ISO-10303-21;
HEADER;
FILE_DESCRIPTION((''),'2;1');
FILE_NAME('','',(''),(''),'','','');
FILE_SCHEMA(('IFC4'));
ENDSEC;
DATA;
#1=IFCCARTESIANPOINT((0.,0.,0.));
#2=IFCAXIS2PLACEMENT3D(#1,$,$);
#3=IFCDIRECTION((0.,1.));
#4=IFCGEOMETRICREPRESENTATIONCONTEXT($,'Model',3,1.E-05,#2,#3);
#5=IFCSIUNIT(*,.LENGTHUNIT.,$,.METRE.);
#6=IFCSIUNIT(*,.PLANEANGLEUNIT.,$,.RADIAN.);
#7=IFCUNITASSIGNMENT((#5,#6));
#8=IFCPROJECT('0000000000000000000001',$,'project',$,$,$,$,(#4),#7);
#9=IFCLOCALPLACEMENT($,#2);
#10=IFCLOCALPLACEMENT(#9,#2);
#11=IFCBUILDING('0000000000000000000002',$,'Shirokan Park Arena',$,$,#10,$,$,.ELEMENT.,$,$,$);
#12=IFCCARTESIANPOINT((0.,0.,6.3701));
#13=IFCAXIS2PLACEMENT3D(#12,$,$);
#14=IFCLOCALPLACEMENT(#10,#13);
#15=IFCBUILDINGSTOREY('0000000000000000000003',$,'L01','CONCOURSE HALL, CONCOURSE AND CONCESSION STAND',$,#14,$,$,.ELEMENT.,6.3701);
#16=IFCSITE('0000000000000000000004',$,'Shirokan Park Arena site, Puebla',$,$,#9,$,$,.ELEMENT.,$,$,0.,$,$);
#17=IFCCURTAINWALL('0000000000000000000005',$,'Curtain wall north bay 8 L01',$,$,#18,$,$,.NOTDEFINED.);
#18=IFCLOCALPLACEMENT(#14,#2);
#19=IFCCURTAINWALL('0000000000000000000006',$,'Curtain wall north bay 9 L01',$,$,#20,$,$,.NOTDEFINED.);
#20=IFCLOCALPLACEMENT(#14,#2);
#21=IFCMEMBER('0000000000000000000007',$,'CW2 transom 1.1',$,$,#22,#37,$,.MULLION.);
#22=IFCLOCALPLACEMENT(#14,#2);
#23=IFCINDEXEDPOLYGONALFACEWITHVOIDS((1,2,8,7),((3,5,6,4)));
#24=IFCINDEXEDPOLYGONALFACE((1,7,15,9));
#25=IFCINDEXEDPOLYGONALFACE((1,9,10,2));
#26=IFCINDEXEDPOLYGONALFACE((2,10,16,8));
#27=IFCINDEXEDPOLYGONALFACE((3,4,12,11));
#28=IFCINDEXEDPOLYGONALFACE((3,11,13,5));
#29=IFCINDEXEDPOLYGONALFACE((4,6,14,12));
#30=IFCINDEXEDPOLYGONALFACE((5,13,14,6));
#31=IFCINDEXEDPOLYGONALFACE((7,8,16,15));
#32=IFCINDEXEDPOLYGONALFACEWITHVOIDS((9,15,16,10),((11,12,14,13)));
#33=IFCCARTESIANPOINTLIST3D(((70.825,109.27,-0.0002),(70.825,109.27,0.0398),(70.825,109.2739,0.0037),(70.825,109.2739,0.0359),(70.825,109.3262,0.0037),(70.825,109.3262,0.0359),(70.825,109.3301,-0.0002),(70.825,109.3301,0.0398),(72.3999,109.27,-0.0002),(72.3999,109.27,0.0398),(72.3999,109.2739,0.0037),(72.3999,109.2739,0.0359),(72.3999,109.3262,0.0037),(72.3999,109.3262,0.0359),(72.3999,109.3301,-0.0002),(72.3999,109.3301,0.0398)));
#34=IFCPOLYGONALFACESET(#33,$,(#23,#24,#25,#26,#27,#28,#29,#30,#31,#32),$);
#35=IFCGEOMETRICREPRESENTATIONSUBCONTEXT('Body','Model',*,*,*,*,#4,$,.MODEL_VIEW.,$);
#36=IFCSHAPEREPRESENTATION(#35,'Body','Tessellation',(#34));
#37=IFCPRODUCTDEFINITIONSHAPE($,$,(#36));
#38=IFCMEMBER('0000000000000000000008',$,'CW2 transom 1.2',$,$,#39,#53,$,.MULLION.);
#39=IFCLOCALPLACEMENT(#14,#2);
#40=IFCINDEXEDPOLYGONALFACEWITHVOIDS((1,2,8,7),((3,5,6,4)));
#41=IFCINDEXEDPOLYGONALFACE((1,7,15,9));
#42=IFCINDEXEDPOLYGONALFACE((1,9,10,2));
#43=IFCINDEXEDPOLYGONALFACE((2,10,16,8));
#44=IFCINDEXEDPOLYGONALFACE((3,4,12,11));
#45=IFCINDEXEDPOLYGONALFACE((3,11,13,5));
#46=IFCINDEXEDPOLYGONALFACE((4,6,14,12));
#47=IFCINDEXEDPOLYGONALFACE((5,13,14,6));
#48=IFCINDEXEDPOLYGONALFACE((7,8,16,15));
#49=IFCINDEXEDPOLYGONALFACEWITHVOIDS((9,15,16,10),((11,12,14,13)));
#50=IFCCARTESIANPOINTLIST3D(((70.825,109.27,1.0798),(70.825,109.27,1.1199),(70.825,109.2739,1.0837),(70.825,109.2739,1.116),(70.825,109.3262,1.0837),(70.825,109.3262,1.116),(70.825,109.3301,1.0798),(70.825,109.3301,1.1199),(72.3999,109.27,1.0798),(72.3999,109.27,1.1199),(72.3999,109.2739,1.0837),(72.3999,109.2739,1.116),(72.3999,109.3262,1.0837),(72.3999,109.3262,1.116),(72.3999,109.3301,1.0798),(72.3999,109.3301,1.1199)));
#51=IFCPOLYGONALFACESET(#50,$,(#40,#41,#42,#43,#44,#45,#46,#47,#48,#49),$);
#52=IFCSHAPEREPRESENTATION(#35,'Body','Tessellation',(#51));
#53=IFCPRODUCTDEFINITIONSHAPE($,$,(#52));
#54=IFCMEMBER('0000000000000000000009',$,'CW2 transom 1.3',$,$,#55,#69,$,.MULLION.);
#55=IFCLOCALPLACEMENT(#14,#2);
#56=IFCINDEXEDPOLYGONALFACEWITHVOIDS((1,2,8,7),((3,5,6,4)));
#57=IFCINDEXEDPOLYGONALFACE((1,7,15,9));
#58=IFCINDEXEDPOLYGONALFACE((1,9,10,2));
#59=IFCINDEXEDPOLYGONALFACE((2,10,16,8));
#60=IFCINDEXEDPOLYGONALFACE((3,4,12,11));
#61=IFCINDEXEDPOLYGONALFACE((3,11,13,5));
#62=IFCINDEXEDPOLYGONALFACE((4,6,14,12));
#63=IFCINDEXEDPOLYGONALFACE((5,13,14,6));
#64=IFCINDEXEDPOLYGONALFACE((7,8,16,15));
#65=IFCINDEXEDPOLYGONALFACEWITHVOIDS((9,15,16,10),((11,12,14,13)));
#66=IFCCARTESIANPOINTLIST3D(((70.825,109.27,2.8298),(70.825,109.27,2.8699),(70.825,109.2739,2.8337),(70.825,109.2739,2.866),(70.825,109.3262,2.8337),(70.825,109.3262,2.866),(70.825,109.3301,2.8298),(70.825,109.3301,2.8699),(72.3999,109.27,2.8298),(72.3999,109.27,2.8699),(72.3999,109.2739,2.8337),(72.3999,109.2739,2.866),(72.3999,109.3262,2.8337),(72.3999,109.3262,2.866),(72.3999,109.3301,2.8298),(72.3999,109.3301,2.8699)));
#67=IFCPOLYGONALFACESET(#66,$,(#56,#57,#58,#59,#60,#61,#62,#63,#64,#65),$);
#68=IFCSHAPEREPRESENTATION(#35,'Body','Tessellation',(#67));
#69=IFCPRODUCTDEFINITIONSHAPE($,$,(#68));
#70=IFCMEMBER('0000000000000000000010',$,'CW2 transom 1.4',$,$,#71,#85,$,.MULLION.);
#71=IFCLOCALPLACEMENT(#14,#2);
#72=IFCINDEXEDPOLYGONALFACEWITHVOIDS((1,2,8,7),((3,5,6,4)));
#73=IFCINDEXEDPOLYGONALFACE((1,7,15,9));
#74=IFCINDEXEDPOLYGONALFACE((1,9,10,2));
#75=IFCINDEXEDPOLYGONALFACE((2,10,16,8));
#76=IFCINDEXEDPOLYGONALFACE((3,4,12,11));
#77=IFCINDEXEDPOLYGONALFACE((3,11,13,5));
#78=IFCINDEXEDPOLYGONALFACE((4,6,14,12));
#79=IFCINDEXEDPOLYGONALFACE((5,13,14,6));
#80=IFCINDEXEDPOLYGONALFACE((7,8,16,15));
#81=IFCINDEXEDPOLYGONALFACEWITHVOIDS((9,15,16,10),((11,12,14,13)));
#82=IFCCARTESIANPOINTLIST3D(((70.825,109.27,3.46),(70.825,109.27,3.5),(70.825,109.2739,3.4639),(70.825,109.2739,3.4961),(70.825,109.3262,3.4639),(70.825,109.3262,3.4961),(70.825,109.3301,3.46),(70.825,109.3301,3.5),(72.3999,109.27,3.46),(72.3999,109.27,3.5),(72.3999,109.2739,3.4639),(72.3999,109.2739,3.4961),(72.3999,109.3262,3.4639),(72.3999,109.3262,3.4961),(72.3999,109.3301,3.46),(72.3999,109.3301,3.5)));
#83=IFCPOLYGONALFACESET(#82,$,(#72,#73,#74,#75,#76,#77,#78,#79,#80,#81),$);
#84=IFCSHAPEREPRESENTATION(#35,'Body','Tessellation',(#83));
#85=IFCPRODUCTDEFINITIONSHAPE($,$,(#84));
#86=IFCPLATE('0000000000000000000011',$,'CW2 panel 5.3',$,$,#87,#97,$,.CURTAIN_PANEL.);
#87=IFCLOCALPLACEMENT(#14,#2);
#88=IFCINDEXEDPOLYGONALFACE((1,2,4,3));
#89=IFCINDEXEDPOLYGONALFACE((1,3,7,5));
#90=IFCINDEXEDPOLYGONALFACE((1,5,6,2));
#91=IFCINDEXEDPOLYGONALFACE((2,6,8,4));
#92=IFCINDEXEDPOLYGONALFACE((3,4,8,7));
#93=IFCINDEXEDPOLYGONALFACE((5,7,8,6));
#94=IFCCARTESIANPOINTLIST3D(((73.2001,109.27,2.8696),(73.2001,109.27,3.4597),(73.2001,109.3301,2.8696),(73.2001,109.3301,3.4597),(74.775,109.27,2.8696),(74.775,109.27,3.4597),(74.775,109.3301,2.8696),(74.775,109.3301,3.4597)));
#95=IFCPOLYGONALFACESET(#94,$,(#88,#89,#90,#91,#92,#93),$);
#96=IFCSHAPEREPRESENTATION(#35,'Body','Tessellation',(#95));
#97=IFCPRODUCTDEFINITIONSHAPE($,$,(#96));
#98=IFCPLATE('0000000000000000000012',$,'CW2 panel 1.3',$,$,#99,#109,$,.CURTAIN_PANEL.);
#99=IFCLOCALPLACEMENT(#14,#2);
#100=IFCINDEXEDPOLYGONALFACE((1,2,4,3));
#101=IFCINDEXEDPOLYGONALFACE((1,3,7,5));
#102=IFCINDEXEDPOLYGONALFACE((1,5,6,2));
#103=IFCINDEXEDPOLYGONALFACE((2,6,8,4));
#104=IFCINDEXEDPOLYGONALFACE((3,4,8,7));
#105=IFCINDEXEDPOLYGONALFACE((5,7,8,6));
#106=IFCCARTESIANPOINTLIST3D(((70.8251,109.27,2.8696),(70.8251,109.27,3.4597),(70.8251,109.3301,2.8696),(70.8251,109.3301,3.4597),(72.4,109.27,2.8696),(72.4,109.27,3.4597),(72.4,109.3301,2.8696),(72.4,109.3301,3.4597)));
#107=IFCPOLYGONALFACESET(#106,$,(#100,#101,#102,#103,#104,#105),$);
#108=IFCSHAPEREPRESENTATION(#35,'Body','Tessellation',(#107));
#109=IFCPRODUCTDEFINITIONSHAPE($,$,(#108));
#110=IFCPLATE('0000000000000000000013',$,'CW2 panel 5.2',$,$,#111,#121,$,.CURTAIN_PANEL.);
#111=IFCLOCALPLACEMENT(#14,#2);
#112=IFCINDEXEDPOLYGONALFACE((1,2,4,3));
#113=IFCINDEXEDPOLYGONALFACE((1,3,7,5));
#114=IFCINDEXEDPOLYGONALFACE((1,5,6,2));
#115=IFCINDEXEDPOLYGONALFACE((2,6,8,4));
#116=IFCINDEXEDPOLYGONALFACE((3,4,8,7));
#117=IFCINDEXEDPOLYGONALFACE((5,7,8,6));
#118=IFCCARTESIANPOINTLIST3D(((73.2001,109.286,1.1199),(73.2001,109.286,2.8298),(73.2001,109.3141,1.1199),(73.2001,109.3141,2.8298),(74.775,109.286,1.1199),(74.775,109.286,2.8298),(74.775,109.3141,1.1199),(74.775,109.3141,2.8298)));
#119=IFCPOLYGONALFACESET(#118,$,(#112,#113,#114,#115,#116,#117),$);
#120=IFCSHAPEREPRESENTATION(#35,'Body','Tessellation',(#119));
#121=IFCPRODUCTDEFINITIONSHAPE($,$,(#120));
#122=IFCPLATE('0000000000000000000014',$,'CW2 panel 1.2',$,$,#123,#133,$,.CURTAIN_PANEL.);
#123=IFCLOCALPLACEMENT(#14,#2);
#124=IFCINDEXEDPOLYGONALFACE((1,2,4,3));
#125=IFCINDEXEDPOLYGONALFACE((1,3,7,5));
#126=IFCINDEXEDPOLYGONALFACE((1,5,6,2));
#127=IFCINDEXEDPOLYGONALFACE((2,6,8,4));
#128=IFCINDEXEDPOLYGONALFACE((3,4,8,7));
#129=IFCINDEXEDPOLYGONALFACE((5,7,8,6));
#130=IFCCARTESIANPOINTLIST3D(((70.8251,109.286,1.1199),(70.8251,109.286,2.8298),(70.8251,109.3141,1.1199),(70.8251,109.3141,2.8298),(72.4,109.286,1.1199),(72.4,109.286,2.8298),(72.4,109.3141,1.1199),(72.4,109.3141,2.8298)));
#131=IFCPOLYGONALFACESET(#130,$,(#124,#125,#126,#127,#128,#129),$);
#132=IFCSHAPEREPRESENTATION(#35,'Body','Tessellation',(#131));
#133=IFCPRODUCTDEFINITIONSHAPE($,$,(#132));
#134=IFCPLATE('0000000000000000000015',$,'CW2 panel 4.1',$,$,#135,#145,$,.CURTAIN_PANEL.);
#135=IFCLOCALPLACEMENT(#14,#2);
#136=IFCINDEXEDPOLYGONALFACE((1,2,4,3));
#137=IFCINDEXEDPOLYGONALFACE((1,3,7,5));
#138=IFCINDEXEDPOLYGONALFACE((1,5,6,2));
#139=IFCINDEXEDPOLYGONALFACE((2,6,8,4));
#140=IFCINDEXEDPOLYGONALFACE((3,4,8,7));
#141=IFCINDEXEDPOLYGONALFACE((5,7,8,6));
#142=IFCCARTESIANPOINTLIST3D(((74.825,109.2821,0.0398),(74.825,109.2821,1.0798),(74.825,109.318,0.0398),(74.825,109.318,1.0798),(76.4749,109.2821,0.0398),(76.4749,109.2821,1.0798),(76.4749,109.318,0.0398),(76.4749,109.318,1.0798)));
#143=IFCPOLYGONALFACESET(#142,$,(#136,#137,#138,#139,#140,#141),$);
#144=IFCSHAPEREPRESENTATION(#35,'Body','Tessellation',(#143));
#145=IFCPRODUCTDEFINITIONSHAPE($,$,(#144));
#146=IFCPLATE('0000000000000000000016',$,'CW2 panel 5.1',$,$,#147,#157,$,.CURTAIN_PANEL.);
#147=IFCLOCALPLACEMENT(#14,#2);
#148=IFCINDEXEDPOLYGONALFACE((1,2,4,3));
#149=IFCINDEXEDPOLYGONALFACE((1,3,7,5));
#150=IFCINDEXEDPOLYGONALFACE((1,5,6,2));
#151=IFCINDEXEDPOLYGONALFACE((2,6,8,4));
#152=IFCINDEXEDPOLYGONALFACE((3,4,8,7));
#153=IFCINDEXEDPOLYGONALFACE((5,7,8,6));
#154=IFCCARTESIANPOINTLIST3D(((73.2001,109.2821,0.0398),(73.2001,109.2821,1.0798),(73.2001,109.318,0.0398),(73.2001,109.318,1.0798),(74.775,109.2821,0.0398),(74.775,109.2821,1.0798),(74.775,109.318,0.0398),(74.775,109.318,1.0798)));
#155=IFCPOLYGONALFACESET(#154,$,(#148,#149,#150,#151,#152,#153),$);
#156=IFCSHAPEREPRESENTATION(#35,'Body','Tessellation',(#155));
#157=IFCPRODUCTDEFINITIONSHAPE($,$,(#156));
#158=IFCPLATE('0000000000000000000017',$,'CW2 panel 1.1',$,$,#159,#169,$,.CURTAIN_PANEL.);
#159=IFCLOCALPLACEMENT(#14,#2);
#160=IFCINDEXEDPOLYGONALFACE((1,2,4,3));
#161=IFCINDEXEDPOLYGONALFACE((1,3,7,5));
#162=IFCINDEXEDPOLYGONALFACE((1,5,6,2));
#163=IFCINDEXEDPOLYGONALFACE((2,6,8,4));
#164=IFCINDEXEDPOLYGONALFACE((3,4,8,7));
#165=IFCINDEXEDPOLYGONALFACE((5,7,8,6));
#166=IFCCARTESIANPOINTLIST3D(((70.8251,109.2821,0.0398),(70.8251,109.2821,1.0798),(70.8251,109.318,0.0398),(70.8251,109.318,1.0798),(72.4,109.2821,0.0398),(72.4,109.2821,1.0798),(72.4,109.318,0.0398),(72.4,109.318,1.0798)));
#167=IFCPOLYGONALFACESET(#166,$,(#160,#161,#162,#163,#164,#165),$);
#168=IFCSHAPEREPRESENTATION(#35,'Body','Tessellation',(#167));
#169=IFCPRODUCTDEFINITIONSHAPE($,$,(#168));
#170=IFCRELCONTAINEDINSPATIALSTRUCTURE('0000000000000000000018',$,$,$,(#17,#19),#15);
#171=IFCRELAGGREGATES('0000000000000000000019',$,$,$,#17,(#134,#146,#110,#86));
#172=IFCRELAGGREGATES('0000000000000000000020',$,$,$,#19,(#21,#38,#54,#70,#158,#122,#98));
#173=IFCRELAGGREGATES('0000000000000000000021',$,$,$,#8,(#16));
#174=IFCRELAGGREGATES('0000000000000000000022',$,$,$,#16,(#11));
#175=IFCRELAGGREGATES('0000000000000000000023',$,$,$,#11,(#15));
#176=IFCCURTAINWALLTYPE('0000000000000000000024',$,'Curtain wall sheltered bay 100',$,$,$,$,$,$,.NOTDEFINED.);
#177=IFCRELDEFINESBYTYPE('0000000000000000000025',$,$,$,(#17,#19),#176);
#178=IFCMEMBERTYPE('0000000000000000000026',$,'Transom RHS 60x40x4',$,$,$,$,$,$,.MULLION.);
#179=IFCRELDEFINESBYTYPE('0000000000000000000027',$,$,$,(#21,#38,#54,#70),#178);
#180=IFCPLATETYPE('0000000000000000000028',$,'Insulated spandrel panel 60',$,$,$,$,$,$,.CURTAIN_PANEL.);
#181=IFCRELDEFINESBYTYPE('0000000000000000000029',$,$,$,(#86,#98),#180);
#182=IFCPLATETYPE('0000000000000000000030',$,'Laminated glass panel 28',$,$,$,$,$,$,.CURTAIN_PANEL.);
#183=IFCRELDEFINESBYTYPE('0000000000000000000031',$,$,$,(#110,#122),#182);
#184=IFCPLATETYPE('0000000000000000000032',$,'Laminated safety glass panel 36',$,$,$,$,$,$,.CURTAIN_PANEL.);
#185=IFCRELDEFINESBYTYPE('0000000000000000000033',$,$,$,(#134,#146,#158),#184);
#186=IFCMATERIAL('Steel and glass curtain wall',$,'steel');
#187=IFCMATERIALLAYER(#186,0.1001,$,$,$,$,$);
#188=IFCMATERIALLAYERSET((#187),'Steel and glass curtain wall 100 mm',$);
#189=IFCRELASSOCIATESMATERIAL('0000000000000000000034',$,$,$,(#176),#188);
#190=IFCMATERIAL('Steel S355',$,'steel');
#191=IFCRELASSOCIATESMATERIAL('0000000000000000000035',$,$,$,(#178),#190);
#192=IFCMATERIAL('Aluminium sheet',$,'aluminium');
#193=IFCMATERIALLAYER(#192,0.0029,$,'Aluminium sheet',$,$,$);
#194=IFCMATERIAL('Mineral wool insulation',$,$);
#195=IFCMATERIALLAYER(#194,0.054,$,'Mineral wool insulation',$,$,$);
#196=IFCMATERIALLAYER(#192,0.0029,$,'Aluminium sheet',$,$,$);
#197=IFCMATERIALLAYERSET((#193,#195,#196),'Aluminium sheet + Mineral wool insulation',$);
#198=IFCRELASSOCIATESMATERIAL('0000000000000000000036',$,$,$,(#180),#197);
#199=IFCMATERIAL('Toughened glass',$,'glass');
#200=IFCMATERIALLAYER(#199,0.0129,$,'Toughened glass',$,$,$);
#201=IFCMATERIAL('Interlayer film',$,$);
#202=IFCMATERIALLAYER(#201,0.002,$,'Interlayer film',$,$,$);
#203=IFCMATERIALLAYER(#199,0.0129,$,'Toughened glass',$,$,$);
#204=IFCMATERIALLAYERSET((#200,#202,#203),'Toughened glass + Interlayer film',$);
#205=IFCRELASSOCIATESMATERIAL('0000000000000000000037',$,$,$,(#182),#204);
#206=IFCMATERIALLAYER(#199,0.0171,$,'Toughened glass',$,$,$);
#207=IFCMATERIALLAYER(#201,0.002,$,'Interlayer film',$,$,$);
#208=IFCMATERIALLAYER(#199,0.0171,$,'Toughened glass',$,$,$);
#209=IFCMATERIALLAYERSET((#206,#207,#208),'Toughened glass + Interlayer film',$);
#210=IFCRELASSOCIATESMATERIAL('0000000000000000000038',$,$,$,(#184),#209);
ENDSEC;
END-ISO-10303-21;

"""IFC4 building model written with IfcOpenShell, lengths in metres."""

from ifc_helpers import new_model, si_unit, direction, frame, origin, origin_2d, place, context, subcontext, project, spatial, rectangle, hollow_rectangle, extrude, material, layer, layer_set, material_profile, profile_set, type_object, element, aggregate, save


model = new_model("IFC4")

# Units and contexts
model_context = context("Model", 3, precision=1e-05, world=origin(), true_north=direction((0.0, 1.0)))
body_context = subcontext(model_context, "Body", "Model", "MODEL_VIEW")
ifc_project = project(units=[si_unit("LENGTHUNIT", "METRE"), si_unit("PLANEANGLEUNIT", "RADIAN")], contexts=[model_context])

# Site, building, storey
site_placement = place(None, origin())
site = spatial("IfcSite", under=ifc_project, at=site_placement, Name="Shirokan Park Arena site, Puebla", CompositionType="ELEMENT", RefElevation=0.0)
building_placement = place(site_placement, origin())
building = spatial("IfcBuilding", under=site, at=building_placement, Name="Shirokan Park Arena", CompositionType="ELEMENT")
storey_placement = place(building_placement, frame((0.0, 0.0, 6.3701)))
storey = spatial("IfcBuildingStorey", under=building, at=storey_placement, Name="L01", Description="CONCOURSE HALL, CONCOURSE AND CONCESSION STAND", CompositionType="ELEMENT", Elevation=6.3701)

# Curtain walls
ifc_material_1 = material(Name="Steel and glass curtain wall", Category="steel")
ifc_layer_1 = layer(ifc_material_1, 0.1001)
ifc_layer_set_1 = layer_set([ifc_layer_1], Name="Steel and glass curtain wall 100 mm")
curtain_wall_type = type_object("IfcCurtainWallType", Name="Curtain wall sheltered bay 100", PredefinedType="NOTDEFINED", material=ifc_layer_set_1)
curtain_wall_1_placement = place(storey_placement, origin())
curtain_wall_1 = element("IfcCurtainWall", 1, at=curtain_wall_1_placement, inside=storey, type_object=curtain_wall_type, Name="Curtain wall north bay 8 L01", PredefinedType="NOTDEFINED")
ifc_material_2 = material(Name="Steel S355", Category="steel")
curtain_wall_2_placement = place(storey_placement, origin())
curtain_wall_2 = element("IfcCurtainWall", 2, at=curtain_wall_2_placement, inside=storey, type_object=curtain_wall_type, Name="Curtain wall north bay 9 L01", PredefinedType="NOTDEFINED")

# Members
ifc_material_profile_1 = material_profile(ifc_material_2, hollow_rectangle(XDim=0.0601, YDim=0.04, WallThickness=0.0039, at=origin_2d()), Name="RHS 60x40x4")
ifc_profile_set_1 = profile_set([ifc_material_profile_1], Name="Steel S355")
member_type_1 = type_object("IfcMemberType", Name="Transom RHS 60x40x4", PredefinedType="MULLION", material=ifc_profile_set_1)
member_1_placement = place(storey_placement, frame((72.3999, 109.3, 0.0198), z_axis=(-1.0, 0.0, 0.0), x_axis=(0.0, -1.0, 0.0)))
member_1 = element("IfcMember", 3, at=member_1_placement, type_object=member_type_1, Name="CW2 transom 1.1", PredefinedType="MULLION", context=body_context, shape_type="SweptSolid", body=[
    extrude(hollow_rectangle(XDim=0.0601, YDim=0.04, WallThickness=0.0039, at=origin_2d()), origin(), (0.0, 0.0, 1.0), 1.575),
])
member_2_placement = place(storey_placement, frame((72.3999, 109.3, 1.0999), z_axis=(-1.0, 0.0, 0.0), x_axis=(0.0, -1.0, 0.0)))
member_2 = element("IfcMember", 4, at=member_2_placement, type_object=member_type_1, Name="CW2 transom 1.2", PredefinedType="MULLION", context=body_context, shape_type="SweptSolid", body=[
    extrude(hollow_rectangle(XDim=0.0601, YDim=0.04, WallThickness=0.0039, at=origin_2d()), origin(), (0.0, 0.0, 1.0), 1.575),
])
member_3_placement = place(storey_placement, frame((72.3999, 109.3, 2.8499), z_axis=(-1.0, 0.0, 0.0), x_axis=(0.0, -1.0, 0.0)))
member_3 = element("IfcMember", 5, at=member_3_placement, type_object=member_type_1, Name="CW2 transom 1.3", PredefinedType="MULLION", context=body_context, shape_type="SweptSolid", body=[
    extrude(hollow_rectangle(XDim=0.0601, YDim=0.04, WallThickness=0.0039, at=origin_2d()), origin(), (0.0, 0.0, 1.0), 1.575),
])
member_4_placement = place(storey_placement, frame((72.3999, 109.3, 3.48), z_axis=(-1.0, 0.0, 0.0), x_axis=(0.0, -1.0, 0.0)))
member_4 = element("IfcMember", 6, at=member_4_placement, type_object=member_type_1, Name="CW2 transom 1.4", PredefinedType="MULLION", context=body_context, shape_type="SweptSolid", body=[
    extrude(hollow_rectangle(XDim=0.0601, YDim=0.04, WallThickness=0.0039, at=origin_2d()), origin(), (0.0, 0.0, 1.0), 1.575),
])

# Plates
ifc_material_3 = material(Name="Aluminium sheet", Category="aluminium")
ifc_layer_2 = layer(ifc_material_3, 0.0029, Name="Aluminium sheet")
ifc_material_4 = material(Name="Mineral wool insulation")
ifc_layer_3 = layer(ifc_material_4, 0.054, Name="Mineral wool insulation")
ifc_layer_4 = layer(ifc_material_3, 0.0029, Name="Aluminium sheet")
ifc_layer_set_2 = layer_set([ifc_layer_2, ifc_layer_3, ifc_layer_4], Name="Aluminium sheet + Mineral wool insulation")
plate_type_1 = type_object("IfcPlateType", Name="Insulated spandrel panel 60", PredefinedType="CURTAIN_PANEL", material=ifc_layer_set_2)
plate_1_placement = place(storey_placement, frame((73.9875, 109.3, 2.8696), z_axis=(0.0, 0.0, 1.0), x_axis=(-1.0, 0.0, 0.0)))
plate_1 = element("IfcPlate", 7, at=plate_1_placement, type_object=plate_type_1, Name="CW2 panel 5.3", PredefinedType="CURTAIN_PANEL", context=body_context, shape_type="SweptSolid", body=[
    extrude(rectangle(XDim=1.575, YDim=0.0601, at=origin_2d()), origin(), (0.0, 0.0, 1.0), 0.5901),
])
plate_2_placement = place(storey_placement, frame((71.6125, 109.3, 2.8696), z_axis=(0.0, 0.0, 1.0), x_axis=(-1.0, 0.0, 0.0)))
plate_2 = element("IfcPlate", 8, at=plate_2_placement, type_object=plate_type_1, Name="CW2 panel 1.3", PredefinedType="CURTAIN_PANEL", context=body_context, shape_type="SweptSolid", body=[
    extrude(rectangle(XDim=1.575, YDim=0.0601, at=origin_2d()), origin(), (0.0, 0.0, 1.0), 0.5901),
])
ifc_material_5 = material(Name="Toughened glass", Category="glass")
ifc_layer_5 = layer(ifc_material_5, 0.0129, Name="Toughened glass")
ifc_material_6 = material(Name="Interlayer film")
ifc_layer_6 = layer(ifc_material_6, 0.002, Name="Interlayer film")
ifc_layer_7 = layer(ifc_material_5, 0.0129, Name="Toughened glass")
ifc_layer_set_3 = layer_set([ifc_layer_5, ifc_layer_6, ifc_layer_7], Name="Toughened glass + Interlayer film")
plate_type_2 = type_object("IfcPlateType", Name="Laminated glass panel 28", PredefinedType="CURTAIN_PANEL", material=ifc_layer_set_3)
plate_3_placement = place(storey_placement, frame((73.9875, 109.3, 1.1199), z_axis=(0.0, 0.0, 1.0), x_axis=(-1.0, 0.0, 0.0)))
plate_3 = element("IfcPlate", 9, at=plate_3_placement, type_object=plate_type_2, Name="CW2 panel 5.2", PredefinedType="CURTAIN_PANEL", context=body_context, shape_type="SweptSolid", body=[
    extrude(rectangle(XDim=1.575, YDim=0.0281, at=origin_2d()), origin(), (0.0, 0.0, 1.0), 1.71),
])
plate_4_placement = place(storey_placement, frame((71.6125, 109.3, 1.1199), z_axis=(0.0, 0.0, 1.0), x_axis=(-1.0, 0.0, 0.0)))
plate_4 = element("IfcPlate", 10, at=plate_4_placement, type_object=plate_type_2, Name="CW2 panel 1.2", PredefinedType="CURTAIN_PANEL", context=body_context, shape_type="SweptSolid", body=[
    extrude(rectangle(XDim=1.575, YDim=0.0281, at=origin_2d()), origin(), (0.0, 0.0, 1.0), 1.71),
])
ifc_layer_8 = layer(ifc_material_5, 0.0171, Name="Toughened glass")
ifc_layer_9 = layer(ifc_material_6, 0.002, Name="Interlayer film")
ifc_layer_10 = layer(ifc_material_5, 0.0171, Name="Toughened glass")
ifc_layer_set_4 = layer_set([ifc_layer_8, ifc_layer_9, ifc_layer_10], Name="Toughened glass + Interlayer film")
plate_type_3 = type_object("IfcPlateType", Name="Laminated safety glass panel 36", PredefinedType="CURTAIN_PANEL", material=ifc_layer_set_4)
plate_5_placement = place(storey_placement, frame((75.6499, 109.3, 0.0398), z_axis=(0.0, 0.0, 1.0), x_axis=(-1.0, 0.0, 0.0)))
plate_5 = element("IfcPlate", 11, at=plate_5_placement, type_object=plate_type_3, Name="CW2 panel 4.1", PredefinedType="CURTAIN_PANEL", context=body_context, shape_type="SweptSolid", body=[
    extrude(rectangle(XDim=1.6499, YDim=0.0359, at=origin_2d()), origin(), (0.0, 0.0, 1.0), 1.04),
])
plate_6_placement = place(storey_placement, frame((73.9875, 109.3, 0.0398), z_axis=(0.0, 0.0, 1.0), x_axis=(-1.0, 0.0, 0.0)))
plate_6 = element("IfcPlate", 12, at=plate_6_placement, type_object=plate_type_3, Name="CW2 panel 5.1", PredefinedType="CURTAIN_PANEL", context=body_context, shape_type="SweptSolid", body=[
    extrude(rectangle(XDim=1.575, YDim=0.0359, at=origin_2d()), origin(), (0.0, 0.0, 1.0), 1.04),
])
aggregate(curtain_wall_1, [plate_5, plate_6, plate_3, plate_1])
plate_7_placement = place(storey_placement, frame((71.6125, 109.3, 0.0398), z_axis=(0.0, 0.0, 1.0), x_axis=(-1.0, 0.0, 0.0)))
plate_7 = element("IfcPlate", 13, at=plate_7_placement, type_object=plate_type_3, Name="CW2 panel 1.1", PredefinedType="CURTAIN_PANEL", context=body_context, shape_type="SweptSolid", body=[
    extrude(rectangle(XDim=1.575, YDim=0.0359, at=origin_2d()), origin(), (0.0, 0.0, 1.0), 1.04),
])
aggregate(curtain_wall_2, [member_1, member_2, member_3, member_4, plate_7, plate_4, plate_2])

save(model, "model.ifc")
